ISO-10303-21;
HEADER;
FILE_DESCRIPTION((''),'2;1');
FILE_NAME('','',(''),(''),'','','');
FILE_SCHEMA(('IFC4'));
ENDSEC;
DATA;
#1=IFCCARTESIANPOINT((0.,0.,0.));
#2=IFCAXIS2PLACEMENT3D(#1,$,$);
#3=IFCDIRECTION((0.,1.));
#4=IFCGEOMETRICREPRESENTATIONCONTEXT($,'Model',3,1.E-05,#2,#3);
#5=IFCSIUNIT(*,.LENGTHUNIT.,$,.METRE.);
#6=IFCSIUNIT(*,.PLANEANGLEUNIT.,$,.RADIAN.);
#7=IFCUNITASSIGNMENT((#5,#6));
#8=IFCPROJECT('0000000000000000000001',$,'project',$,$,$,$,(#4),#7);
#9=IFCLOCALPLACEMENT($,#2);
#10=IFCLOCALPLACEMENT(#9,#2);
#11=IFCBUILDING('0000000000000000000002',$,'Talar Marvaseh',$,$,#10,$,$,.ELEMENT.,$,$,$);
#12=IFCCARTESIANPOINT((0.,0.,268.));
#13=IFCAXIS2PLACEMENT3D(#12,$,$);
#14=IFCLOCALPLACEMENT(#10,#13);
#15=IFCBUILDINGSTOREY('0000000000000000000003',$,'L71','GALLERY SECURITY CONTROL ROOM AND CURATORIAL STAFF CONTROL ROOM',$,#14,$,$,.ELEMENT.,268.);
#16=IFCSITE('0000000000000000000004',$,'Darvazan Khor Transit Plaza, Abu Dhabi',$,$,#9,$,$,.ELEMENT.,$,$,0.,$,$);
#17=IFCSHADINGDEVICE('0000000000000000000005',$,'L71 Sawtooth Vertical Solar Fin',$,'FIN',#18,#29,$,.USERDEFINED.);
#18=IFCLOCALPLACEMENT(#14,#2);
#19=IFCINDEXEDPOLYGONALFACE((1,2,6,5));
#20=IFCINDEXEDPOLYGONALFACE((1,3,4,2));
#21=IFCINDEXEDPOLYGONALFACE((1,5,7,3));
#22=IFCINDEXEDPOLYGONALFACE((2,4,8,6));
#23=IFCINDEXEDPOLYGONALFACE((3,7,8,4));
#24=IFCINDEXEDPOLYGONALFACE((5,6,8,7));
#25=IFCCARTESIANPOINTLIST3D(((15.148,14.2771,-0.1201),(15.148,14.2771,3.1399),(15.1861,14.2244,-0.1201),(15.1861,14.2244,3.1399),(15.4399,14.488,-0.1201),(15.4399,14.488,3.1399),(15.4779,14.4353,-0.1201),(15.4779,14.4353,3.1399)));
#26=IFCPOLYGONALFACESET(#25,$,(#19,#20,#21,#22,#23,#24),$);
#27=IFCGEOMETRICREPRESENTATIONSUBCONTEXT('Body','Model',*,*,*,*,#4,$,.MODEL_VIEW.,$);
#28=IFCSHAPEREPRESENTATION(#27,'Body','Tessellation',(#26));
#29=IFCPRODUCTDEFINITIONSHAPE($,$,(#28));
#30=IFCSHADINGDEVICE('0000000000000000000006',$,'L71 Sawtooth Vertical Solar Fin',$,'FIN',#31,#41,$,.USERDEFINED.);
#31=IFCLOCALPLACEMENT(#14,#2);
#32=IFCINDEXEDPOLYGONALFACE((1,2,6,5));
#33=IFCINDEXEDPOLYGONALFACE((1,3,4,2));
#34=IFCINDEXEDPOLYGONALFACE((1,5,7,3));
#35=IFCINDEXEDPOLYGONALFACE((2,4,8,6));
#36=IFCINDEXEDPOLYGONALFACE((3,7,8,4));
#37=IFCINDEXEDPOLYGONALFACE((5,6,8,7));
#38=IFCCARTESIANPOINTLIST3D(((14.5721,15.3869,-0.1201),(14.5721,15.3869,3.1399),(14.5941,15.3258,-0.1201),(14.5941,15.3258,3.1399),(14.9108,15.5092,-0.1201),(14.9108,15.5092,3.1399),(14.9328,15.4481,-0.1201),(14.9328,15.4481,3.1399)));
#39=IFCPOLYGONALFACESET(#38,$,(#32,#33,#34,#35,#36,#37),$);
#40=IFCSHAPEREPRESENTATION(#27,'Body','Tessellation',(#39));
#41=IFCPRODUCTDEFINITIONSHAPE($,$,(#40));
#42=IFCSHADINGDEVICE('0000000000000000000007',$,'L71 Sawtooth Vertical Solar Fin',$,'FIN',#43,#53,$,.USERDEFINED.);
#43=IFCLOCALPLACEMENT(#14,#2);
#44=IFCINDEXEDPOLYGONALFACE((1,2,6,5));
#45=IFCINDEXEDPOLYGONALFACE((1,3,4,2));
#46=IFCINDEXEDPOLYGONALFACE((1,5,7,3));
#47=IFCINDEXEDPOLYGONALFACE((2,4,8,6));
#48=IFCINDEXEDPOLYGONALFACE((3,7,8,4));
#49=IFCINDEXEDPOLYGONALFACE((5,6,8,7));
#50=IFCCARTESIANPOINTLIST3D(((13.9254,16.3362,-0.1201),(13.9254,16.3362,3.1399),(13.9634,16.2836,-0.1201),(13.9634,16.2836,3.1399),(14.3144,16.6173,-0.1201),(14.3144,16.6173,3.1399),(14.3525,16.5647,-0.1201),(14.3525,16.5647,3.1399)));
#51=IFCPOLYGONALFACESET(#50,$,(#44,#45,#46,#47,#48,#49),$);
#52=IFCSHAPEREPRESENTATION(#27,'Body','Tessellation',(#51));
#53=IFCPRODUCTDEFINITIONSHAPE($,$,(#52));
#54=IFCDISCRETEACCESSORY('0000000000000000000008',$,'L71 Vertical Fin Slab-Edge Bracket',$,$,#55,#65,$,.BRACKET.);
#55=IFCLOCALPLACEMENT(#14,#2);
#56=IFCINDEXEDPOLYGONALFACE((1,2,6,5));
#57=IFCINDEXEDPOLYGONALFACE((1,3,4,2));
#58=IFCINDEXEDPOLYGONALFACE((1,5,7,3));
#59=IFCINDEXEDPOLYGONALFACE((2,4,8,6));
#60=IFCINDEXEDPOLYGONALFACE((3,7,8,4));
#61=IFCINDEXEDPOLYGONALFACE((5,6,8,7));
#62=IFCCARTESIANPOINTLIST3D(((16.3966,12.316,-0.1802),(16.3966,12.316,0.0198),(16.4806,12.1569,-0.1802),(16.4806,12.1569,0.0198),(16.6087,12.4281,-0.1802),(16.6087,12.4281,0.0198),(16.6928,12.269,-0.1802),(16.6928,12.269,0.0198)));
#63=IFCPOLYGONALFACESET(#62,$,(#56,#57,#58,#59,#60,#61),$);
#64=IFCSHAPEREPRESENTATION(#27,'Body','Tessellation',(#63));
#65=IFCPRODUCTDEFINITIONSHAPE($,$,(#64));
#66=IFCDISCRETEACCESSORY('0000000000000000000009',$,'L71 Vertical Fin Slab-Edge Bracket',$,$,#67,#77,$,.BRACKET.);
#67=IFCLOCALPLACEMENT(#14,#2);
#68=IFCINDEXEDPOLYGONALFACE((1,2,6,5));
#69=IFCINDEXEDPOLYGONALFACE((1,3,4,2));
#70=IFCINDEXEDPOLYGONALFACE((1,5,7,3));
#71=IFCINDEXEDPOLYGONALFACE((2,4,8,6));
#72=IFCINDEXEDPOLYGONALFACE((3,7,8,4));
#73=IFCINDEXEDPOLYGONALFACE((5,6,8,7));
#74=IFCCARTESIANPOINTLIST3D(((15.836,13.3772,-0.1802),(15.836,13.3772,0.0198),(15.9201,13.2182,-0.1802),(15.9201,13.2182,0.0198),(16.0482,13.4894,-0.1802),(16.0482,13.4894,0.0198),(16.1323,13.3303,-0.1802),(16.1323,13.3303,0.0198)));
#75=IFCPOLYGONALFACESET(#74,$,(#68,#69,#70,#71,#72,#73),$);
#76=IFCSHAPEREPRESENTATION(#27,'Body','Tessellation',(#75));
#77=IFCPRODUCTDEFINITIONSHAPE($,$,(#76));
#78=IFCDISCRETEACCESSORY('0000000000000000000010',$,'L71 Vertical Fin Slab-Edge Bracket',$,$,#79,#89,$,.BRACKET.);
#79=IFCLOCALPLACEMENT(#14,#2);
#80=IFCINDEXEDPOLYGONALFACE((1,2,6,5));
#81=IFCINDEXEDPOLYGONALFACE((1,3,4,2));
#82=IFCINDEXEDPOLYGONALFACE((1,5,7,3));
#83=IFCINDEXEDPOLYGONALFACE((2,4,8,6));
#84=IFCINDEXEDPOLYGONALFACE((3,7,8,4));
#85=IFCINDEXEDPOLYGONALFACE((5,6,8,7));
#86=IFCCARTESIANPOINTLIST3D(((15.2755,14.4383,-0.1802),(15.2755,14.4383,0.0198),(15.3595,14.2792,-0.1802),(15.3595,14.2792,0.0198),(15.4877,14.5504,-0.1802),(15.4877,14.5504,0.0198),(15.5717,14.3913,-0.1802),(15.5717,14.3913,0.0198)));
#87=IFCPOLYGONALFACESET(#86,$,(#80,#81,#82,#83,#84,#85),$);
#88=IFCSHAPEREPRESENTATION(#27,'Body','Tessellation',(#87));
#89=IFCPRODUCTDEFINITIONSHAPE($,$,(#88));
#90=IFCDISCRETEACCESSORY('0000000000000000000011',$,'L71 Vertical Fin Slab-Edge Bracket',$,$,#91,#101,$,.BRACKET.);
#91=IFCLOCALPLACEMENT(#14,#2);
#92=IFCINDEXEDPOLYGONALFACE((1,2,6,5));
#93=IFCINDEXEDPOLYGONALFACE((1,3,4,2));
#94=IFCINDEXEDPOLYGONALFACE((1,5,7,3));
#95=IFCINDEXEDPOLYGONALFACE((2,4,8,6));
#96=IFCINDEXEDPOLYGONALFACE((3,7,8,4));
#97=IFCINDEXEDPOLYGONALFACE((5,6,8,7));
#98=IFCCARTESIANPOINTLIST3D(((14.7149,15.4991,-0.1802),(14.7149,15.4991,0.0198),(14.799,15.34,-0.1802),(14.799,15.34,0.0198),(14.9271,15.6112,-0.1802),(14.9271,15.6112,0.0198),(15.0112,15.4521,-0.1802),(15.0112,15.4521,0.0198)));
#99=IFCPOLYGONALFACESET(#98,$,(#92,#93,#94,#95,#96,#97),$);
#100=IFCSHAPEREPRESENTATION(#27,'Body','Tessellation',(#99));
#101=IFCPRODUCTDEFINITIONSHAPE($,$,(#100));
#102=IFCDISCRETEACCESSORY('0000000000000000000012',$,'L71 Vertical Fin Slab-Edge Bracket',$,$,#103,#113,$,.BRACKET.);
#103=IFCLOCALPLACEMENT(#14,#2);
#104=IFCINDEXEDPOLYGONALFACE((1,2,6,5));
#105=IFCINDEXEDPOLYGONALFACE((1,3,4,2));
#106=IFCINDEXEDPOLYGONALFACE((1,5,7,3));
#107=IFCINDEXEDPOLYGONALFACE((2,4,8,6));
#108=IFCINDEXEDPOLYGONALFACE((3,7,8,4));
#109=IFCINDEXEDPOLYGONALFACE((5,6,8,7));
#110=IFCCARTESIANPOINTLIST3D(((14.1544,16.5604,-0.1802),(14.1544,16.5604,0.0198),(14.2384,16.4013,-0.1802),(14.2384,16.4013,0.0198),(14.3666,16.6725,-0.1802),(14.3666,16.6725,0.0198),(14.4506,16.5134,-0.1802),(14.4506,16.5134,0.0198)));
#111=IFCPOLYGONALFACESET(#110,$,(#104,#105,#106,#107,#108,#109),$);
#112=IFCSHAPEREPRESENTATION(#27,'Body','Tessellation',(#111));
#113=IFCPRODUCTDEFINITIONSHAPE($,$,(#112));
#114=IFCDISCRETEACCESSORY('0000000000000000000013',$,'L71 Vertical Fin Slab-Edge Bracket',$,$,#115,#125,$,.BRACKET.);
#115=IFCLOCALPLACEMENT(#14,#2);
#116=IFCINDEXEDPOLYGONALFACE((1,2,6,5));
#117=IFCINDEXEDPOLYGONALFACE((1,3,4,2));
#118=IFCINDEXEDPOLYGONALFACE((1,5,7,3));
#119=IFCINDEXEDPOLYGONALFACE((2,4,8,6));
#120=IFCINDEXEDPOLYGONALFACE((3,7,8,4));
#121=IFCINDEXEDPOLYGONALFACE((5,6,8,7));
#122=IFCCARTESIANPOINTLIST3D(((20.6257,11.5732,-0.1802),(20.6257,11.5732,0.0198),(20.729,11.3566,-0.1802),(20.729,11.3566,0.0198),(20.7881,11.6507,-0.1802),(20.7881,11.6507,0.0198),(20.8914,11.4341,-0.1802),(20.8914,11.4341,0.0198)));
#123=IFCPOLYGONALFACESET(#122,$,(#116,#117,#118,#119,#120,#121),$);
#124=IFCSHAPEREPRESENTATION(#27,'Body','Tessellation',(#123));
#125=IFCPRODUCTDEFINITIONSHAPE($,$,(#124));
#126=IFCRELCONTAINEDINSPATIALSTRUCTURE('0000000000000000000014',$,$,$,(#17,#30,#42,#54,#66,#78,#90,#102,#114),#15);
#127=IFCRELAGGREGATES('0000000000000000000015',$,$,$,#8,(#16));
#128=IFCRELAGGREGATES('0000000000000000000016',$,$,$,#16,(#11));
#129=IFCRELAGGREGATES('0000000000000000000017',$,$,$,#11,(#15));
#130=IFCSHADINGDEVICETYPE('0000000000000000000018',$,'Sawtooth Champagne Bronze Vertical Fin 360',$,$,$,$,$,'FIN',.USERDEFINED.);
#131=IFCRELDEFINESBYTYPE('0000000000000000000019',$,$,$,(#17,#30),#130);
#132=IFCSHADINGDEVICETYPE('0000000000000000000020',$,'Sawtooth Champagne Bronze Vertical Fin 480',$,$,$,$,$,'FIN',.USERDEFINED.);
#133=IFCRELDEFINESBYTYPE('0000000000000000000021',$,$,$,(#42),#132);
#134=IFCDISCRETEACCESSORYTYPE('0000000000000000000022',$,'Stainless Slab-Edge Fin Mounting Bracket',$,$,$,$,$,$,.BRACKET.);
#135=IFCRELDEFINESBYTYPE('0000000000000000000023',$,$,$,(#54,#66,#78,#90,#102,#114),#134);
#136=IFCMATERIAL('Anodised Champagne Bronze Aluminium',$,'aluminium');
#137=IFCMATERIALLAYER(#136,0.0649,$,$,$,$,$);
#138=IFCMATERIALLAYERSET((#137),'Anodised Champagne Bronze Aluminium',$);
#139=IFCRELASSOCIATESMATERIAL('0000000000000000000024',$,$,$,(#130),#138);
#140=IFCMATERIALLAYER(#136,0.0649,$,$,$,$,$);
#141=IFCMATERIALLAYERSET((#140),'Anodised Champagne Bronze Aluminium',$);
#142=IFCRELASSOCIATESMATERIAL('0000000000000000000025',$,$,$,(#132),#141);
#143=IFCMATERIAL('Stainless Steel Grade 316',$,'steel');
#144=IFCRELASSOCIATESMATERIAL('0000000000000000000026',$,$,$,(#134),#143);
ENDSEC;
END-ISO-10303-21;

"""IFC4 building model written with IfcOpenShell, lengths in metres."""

from ifc_helpers import new_model, si_unit, direction, frame, origin, origin_2d, place, context, subcontext, project, spatial, rectangle, extrude, source, transform, mapped, material, layer, layer_set, type_object, type_shapes, element, save


model = new_model("IFC4")

# Units and contexts
model_context = context("Model", 3, precision=1e-05, world=origin(), true_north=direction((0.0, 1.0)))
body_context = subcontext(model_context, "Body", "Model", "MODEL_VIEW")
ifc_project = project(units=[si_unit("LENGTHUNIT", "METRE"), si_unit("PLANEANGLEUNIT", "RADIAN")], contexts=[model_context])

# Site, building, storey
site_placement = place(None, origin())
site = spatial("IfcSite", under=ifc_project, at=site_placement, Name="Darvazan Khor Transit Plaza, Abu Dhabi", CompositionType="ELEMENT", RefElevation=0.0)
building_placement = place(site_placement, origin())
building = spatial("IfcBuilding", under=site, at=building_placement, Name="Talar Marvaseh", CompositionType="ELEMENT")
storey_placement = place(building_placement, frame((0.0, 0.0, 268.0)))
storey = spatial("IfcBuildingStorey", under=building, at=storey_placement, Name="L71", Description="GALLERY SECURITY CONTROL ROOM AND CURATORIAL STAFF CONTROL ROOM", CompositionType="ELEMENT", Elevation=268.0)

# Shading devices
ifc_material_1 = material(Name="Anodised Champagne Bronze Aluminium", Category="aluminium")
ifc_layer_1 = layer(ifc_material_1, 0.0649)
ifc_layer_set_1 = layer_set([ifc_layer_1], Name="Anodised Champagne Bronze Aluminium")
shading_device_type_1 = type_object("IfcShadingDeviceType", Name="Sawtooth Champagne Bronze Vertical Fin 360", ElementType="FIN", PredefinedType="USERDEFINED", material=ifc_layer_set_1)
shared_shape_1 = source(origin(), body_context, "Body", "SweptSolid", [
    extrude(rectangle(XDim=0.3601, YDim=0.0649, at=origin_2d()), origin(), (0.0, 0.0, 1.0), 3.26),
])
type_shapes(shading_device_type_1, [shared_shape_1])
for number, where, z_axis, x_axis, name in (
    (1, (15.313, 14.3562, -0.1201), (0.0, 0.0, 1.0), (-0.810553, -0.585665, 0.0), "L71 Sawtooth Vertical Solar Fin"),
    (2, (14.7524, 15.4175, -0.1201), (0.0, 0.0, 1.0), (-0.940585, -0.339559, 0.0), "L71 Sawtooth Vertical Solar Fin"),
):
    element("IfcShadingDevice", number, at=place(storey_placement, frame(where, z_axis=z_axis, x_axis=x_axis)), inside=storey, type_object=shading_device_type_1, Name=name, ObjectType="FIN", PredefinedType="USERDEFINED", context=body_context, shape_type="MappedRepresentation", body=[
        mapped(shared_shape_1, transform((0.0, 0.0, 0.0), x_axis=(1.0, 0.0, 0.0), y_axis=(0.0, 1.0, 0.0), z_axis=(0.0, 0.0, 1.0), scale=1.0)),
    ])
ifc_layer_2 = layer(ifc_material_1, 0.0649)
ifc_layer_set_2 = layer_set([ifc_layer_2], Name="Anodised Champagne Bronze Aluminium")
shading_device_type_2 = type_object("IfcShadingDeviceType", Name="Sawtooth Champagne Bronze Vertical Fin 480", ElementType="FIN", PredefinedType="USERDEFINED", material=ifc_layer_set_2)
shared_shape_2 = source(origin(), body_context, "Body", "SweptSolid", [
    extrude(rectangle(XDim=0.48, YDim=0.0649, at=origin_2d()), origin(), (0.0, 0.0, 1.0), 3.26),
])
type_shapes(shading_device_type_2, [shared_shape_2])
shading_device_placement = place(storey_placement, frame((14.1389, 16.4504, -0.1201), z_axis=(0.0, 0.0, 1.0), x_axis=(-0.810553, -0.585665, 0.0)))
element("IfcShadingDevice", 3, at=shading_device_placement, inside=storey, type_object=shading_device_type_2, Name="L71 Sawtooth Vertical Solar Fin", ObjectType="FIN", PredefinedType="USERDEFINED", context=body_context, shape_type="MappedRepresentation", body=[
    mapped(shared_shape_2, transform((0.0, 0.0, 0.0), x_axis=(1.0, 0.0, 0.0), y_axis=(0.0, 1.0, 0.0), z_axis=(0.0, 0.0, 1.0), scale=1.0)),
])

# Discrete accessories
ifc_material_2 = material(Name="Stainless Steel Grade 316", Category="steel")
discrete_accessory_type = type_object("IfcDiscreteAccessoryType", Name="Stainless Slab-Edge Fin Mounting Bracket", PredefinedType="BRACKET", material=ifc_material_2)
shared_shape_3 = source(origin(), body_context, "Body", "SweptSolid", [
    extrude(rectangle(XDim=0.24, YDim=0.1799, at=origin_2d()), origin(), (0.0, 0.0, 1.0), 0.2),
])
type_shapes(discrete_accessory_type, [shared_shape_3])
for number, where, z_axis, x_axis, name in (
    (4, (16.5447, 12.2925, -0.1802), (0.0, 0.0, 1.0), (-0.884174, -0.467158, 0.0), "L71 Vertical Fin Slab-Edge Bracket"),
    (5, (15.9841, 13.3538, -0.1802), (0.0, 0.0, 1.0), (-0.884174, -0.467158, 0.0), "L71 Vertical Fin Slab-Edge Bracket"),
    (6, (15.4236, 14.4148, -0.1802), (0.0, 0.0, 1.0), (-0.884174, -0.467158, 0.0), "L71 Vertical Fin Slab-Edge Bracket"),
    (7, (14.863, 15.4756, -0.1802), (0.0, 0.0, 1.0), (-0.884174, -0.467158, 0.0), "L71 Vertical Fin Slab-Edge Bracket"),
    (8, (14.3025, 16.5369, -0.1802), (0.0, 0.0, 1.0), (-0.884174, -0.467158, 0.0), "L71 Vertical Fin Slab-Edge Bracket"),
    (9, (20.7585, 11.5037, -0.1802), (0.0, 0.0, 1.0), (0.430669, -0.90251, 0.0), "L71 Vertical Fin Slab-Edge Bracket"),
):
    element("IfcDiscreteAccessory", number, at=place(storey_placement, frame(where, z_axis=z_axis, x_axis=x_axis)), inside=storey, type_object=discrete_accessory_type, Name=name, PredefinedType="BRACKET", context=body_context, shape_type="MappedRepresentation", body=[
        mapped(shared_shape_3, transform((0.0, 0.0, 0.0), x_axis=(1.0, 0.0, 0.0), y_axis=(0.0, 1.0, 0.0), z_axis=(0.0, 0.0, 1.0), scale=1.0)),
    ])

save(model, "model.ifc")
